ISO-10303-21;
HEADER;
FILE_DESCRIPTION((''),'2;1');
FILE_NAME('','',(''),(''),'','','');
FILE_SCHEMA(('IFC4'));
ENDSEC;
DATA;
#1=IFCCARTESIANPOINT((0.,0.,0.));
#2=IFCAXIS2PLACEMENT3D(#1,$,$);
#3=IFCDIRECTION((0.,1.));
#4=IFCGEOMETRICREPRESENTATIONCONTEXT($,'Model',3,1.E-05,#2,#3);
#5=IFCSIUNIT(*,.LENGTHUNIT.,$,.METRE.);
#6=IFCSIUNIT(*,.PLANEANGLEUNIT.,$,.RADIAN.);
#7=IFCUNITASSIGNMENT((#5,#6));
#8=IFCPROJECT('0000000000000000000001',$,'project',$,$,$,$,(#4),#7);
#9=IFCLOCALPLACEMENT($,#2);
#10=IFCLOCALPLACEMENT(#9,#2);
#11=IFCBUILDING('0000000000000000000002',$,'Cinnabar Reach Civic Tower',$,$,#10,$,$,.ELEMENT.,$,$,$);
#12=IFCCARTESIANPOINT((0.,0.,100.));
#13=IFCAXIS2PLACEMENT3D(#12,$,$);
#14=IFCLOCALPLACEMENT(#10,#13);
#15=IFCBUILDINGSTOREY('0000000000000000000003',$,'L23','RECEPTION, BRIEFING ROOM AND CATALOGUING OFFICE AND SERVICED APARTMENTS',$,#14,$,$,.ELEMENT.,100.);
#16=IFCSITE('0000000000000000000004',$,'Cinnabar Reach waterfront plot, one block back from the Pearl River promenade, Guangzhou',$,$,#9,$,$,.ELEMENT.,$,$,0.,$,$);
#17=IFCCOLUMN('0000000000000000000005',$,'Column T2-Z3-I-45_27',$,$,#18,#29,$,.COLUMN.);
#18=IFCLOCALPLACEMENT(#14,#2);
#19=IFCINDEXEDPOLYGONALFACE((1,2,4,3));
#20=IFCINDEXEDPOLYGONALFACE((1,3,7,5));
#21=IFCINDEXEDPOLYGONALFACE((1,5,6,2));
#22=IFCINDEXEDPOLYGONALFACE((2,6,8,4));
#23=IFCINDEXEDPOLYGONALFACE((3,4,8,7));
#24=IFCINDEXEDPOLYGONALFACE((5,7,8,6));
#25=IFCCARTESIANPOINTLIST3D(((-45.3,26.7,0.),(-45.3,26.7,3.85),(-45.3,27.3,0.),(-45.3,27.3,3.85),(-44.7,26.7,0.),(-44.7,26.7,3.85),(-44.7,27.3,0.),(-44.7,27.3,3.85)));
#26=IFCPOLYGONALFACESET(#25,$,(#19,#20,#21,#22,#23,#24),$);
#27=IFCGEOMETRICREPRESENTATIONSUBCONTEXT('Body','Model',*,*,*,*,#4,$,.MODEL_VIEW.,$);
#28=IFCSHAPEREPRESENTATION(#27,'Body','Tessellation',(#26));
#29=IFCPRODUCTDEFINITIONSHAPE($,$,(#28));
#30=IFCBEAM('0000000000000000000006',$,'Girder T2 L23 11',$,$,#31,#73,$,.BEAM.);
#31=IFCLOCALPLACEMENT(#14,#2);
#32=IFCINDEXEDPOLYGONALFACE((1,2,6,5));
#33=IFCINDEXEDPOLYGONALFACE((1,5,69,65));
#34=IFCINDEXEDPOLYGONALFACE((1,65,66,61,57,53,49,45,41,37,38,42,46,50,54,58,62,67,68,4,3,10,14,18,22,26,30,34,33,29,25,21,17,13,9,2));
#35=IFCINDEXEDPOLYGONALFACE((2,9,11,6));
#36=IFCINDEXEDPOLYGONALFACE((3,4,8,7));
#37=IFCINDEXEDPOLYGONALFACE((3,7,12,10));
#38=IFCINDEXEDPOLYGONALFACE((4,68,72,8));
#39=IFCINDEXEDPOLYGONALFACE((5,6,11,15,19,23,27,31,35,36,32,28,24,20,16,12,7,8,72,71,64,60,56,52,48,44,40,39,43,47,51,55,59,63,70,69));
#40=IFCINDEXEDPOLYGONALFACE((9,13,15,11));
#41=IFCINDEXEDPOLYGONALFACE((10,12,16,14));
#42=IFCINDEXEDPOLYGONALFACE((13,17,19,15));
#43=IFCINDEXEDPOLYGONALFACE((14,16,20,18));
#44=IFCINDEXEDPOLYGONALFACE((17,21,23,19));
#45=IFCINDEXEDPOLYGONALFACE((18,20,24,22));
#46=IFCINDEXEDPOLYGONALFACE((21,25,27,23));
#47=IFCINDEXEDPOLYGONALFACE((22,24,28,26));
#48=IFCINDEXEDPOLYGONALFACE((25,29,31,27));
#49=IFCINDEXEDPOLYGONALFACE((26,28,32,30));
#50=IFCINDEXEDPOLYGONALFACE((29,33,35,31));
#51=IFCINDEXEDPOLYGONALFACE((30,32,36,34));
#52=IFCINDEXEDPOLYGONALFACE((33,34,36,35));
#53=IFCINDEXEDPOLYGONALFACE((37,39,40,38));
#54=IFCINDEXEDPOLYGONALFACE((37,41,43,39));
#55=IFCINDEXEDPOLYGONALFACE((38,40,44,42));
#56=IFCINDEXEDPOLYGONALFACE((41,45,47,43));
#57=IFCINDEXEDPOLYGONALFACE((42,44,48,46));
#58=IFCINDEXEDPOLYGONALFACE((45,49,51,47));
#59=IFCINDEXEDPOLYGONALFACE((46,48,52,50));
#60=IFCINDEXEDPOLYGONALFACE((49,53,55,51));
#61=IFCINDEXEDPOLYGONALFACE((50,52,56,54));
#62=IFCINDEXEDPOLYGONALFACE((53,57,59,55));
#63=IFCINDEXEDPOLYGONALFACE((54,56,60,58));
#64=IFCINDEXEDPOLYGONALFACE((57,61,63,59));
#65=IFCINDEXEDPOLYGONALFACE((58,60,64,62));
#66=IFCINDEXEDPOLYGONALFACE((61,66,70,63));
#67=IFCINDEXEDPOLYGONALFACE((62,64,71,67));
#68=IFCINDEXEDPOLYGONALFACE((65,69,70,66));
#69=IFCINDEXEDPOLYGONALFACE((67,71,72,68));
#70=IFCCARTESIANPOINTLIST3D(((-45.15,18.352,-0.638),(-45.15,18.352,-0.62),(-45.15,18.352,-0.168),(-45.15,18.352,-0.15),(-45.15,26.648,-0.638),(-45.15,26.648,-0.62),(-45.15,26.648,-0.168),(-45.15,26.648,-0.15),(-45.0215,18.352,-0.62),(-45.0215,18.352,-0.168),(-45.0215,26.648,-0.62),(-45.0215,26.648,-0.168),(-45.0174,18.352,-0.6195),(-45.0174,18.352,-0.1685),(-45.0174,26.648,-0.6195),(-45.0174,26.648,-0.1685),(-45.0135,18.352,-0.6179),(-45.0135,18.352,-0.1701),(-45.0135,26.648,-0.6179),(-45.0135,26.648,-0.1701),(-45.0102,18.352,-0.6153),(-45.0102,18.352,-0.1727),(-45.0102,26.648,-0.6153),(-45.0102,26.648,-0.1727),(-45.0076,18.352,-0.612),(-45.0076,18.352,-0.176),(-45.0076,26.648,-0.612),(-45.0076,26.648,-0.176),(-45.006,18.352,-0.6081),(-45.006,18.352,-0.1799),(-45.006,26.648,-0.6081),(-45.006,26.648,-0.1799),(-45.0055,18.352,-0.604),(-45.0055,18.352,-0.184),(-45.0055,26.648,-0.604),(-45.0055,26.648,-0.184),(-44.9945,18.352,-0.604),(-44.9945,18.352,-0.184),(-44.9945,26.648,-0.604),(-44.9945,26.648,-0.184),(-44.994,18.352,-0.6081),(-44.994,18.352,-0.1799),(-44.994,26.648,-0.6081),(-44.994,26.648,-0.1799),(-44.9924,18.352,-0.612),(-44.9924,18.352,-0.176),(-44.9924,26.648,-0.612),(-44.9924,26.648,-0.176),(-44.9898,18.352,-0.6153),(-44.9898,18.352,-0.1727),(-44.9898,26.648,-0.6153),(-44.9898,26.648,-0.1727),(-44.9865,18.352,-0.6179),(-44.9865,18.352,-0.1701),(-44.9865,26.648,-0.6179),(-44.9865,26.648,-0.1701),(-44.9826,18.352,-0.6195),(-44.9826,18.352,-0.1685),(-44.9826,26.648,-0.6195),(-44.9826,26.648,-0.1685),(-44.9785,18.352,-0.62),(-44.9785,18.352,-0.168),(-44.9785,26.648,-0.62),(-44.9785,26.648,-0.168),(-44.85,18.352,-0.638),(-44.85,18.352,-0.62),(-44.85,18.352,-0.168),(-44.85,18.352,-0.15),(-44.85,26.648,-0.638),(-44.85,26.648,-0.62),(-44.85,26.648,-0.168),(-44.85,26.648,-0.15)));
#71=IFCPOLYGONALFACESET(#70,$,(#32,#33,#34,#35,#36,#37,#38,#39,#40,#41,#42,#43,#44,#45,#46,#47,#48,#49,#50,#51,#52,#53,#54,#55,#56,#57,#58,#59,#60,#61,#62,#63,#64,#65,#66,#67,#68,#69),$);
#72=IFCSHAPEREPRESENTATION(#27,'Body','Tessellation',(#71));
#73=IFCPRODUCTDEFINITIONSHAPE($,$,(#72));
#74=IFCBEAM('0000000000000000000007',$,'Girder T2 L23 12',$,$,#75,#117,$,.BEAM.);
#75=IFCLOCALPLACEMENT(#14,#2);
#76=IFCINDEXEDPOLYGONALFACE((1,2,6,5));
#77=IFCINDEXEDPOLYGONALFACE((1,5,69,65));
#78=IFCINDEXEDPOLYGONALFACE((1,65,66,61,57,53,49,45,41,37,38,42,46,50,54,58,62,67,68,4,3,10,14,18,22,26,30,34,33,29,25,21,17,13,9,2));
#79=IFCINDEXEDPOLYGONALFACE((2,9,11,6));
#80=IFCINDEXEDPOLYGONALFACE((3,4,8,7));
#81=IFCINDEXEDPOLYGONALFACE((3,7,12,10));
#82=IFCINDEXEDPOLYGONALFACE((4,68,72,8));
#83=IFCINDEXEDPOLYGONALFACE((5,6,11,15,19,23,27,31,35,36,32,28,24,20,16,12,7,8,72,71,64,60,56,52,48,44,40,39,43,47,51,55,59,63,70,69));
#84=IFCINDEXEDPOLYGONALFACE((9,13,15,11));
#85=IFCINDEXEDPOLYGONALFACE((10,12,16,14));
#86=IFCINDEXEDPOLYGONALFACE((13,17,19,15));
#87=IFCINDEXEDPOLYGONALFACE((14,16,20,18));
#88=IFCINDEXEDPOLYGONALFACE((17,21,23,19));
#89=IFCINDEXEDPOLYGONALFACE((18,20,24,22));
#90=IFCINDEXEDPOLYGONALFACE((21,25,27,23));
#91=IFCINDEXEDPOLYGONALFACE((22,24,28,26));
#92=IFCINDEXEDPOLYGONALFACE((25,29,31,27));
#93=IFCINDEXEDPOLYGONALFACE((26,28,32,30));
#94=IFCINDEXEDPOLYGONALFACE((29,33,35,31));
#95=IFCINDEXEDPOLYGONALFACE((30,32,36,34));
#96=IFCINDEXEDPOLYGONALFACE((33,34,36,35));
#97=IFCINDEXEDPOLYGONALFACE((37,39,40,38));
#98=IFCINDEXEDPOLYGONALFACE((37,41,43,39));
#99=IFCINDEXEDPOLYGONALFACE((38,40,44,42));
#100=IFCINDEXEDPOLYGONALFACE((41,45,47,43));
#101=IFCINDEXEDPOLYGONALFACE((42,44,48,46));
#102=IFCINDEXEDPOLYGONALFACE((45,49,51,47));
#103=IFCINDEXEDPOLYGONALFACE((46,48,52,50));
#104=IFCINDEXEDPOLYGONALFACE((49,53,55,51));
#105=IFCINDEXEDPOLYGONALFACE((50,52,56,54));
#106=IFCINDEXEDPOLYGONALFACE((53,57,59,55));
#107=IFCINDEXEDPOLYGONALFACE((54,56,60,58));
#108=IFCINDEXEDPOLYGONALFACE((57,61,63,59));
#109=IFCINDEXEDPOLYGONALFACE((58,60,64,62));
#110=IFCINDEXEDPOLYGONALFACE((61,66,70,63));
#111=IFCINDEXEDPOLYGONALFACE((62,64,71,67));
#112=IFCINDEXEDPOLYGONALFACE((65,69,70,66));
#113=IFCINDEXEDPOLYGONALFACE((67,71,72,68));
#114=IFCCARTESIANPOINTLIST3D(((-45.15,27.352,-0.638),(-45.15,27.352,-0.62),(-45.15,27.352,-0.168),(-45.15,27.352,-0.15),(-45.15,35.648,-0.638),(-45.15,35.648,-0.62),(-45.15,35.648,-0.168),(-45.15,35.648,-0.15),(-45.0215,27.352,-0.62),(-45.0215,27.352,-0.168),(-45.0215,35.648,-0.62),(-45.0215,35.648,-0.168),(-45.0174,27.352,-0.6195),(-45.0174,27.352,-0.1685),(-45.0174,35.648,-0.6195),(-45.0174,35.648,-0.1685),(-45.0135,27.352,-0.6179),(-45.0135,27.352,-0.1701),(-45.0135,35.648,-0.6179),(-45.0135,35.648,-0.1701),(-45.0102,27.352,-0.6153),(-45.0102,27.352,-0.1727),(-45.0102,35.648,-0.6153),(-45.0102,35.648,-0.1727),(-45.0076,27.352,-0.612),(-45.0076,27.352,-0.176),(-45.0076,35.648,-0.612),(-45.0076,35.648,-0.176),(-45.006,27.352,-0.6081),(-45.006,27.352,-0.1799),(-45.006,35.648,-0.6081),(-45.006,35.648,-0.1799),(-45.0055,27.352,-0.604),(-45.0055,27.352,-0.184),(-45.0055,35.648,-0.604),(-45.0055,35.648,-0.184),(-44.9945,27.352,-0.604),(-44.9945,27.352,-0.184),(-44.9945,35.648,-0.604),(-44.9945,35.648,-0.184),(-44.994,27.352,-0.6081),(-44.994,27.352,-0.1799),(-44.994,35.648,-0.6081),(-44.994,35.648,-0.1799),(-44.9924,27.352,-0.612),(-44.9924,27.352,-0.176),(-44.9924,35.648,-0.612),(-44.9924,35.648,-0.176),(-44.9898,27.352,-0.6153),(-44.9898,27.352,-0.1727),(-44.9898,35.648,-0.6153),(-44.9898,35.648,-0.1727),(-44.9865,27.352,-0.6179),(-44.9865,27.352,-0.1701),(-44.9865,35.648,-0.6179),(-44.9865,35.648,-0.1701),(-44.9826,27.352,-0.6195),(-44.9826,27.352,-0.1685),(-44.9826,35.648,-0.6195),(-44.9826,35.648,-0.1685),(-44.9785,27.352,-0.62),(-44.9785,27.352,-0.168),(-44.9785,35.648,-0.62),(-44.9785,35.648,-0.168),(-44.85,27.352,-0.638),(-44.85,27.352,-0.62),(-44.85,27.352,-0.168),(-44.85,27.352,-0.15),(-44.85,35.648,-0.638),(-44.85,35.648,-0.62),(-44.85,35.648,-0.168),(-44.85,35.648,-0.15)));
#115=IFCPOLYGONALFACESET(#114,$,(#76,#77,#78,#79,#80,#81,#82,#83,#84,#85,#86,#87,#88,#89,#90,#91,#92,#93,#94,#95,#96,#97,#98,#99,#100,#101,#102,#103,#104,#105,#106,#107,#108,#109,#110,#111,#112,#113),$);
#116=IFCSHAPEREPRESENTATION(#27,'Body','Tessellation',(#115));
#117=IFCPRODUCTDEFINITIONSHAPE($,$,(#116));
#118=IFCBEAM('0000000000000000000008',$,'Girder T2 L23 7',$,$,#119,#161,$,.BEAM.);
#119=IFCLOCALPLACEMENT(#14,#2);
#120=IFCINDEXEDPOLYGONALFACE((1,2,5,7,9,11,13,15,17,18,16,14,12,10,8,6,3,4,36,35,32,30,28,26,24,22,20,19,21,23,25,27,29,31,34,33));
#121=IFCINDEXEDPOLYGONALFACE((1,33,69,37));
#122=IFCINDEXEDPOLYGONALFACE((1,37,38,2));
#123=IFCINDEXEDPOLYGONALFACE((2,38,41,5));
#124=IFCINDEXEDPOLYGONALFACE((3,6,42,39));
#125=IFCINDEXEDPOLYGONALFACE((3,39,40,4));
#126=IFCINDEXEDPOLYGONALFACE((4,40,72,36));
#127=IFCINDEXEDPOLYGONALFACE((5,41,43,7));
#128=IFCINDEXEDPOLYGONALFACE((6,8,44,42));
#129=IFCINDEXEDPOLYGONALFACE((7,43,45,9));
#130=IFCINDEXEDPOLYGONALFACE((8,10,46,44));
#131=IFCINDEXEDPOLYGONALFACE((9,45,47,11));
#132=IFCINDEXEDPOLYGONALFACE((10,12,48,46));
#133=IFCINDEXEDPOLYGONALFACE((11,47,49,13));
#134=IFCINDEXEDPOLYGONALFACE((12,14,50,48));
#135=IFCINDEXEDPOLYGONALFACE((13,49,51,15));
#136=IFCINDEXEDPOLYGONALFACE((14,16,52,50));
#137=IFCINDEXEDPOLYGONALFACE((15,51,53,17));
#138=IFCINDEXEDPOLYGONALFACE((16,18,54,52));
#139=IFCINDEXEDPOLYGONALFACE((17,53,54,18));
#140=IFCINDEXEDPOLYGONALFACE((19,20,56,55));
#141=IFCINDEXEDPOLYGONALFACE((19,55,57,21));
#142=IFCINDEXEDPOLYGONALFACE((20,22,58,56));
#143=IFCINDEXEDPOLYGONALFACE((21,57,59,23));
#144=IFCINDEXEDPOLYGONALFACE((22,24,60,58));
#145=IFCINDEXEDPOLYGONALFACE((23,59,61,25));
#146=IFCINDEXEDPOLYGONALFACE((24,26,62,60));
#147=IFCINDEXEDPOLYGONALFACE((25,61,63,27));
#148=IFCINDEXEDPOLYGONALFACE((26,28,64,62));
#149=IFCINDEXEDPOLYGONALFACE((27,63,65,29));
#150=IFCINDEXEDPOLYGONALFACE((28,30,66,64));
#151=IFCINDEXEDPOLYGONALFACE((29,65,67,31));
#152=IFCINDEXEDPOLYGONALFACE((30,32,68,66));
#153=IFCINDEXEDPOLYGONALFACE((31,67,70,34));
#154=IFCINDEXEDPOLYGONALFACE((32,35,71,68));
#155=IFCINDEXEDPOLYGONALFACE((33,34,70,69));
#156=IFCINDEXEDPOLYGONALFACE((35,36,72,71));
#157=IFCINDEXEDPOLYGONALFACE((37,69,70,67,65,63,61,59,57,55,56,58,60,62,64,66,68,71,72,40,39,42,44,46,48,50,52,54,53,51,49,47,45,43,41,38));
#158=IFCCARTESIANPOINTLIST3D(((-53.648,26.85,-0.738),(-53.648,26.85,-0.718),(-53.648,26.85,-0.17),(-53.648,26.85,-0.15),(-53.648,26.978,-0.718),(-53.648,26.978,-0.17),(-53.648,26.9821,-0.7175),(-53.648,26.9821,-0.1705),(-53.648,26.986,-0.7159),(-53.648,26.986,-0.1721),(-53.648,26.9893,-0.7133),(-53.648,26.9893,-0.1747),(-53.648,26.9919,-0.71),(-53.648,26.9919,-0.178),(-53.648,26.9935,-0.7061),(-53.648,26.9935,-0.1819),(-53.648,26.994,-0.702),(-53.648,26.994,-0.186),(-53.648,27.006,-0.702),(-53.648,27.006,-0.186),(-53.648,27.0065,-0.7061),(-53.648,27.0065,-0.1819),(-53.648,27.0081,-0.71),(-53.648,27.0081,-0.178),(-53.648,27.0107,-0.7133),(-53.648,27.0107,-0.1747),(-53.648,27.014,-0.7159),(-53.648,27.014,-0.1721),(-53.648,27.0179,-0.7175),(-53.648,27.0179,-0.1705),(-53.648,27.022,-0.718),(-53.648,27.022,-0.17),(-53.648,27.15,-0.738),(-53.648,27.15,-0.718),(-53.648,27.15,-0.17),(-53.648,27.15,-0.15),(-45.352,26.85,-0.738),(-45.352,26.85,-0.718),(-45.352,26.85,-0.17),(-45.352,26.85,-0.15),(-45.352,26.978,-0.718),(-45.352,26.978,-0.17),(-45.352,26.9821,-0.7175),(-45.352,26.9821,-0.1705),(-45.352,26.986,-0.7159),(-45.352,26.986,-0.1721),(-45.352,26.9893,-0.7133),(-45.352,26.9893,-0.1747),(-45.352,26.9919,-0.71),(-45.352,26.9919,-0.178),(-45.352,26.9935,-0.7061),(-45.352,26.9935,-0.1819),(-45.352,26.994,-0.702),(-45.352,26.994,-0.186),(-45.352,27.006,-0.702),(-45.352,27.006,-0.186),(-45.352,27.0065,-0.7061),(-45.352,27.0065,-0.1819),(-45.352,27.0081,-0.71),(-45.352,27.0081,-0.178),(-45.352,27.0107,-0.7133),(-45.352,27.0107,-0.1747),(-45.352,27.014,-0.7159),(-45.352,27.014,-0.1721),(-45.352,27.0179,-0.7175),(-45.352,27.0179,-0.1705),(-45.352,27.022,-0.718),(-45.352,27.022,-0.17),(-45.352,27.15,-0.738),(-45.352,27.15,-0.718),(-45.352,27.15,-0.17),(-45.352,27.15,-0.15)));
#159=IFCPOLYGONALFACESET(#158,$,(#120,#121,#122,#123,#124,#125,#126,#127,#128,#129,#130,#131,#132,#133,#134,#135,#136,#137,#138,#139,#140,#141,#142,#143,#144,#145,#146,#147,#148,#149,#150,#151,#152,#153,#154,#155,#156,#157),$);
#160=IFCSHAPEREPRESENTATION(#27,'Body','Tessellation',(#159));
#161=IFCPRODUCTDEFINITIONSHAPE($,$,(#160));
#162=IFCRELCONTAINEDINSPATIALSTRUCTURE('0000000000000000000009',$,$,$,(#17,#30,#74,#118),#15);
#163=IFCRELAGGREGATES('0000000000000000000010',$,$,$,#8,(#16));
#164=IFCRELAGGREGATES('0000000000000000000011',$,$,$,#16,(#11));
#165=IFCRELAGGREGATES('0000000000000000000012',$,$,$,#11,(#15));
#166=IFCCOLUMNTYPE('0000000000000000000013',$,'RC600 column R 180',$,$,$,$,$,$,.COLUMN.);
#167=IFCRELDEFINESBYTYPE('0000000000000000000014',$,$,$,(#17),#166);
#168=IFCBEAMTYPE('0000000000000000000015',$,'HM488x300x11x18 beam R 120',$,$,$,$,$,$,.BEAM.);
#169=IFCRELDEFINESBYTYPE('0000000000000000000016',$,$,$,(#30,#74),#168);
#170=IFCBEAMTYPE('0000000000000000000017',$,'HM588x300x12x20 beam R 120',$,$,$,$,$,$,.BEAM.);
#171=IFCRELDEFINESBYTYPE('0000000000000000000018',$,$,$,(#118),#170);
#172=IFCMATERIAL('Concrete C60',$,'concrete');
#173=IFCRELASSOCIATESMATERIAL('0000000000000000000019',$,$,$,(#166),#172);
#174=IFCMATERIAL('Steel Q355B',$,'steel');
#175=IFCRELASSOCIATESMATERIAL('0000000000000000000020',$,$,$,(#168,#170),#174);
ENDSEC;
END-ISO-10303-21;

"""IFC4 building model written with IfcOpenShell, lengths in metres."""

from ifc_helpers import new_model, si_unit, direction, frame, origin, origin_2d, place, context, subcontext, project, spatial, rectangle, i_section, extrude, material, material_profile, profile_set, type_object, element, save


model = new_model("IFC4")

# Units and contexts
model_context = context("Model", 3, precision=1e-05, world=origin(), true_north=direction((0.0, 1.0)))
body_context = subcontext(model_context, "Body", "Model", "MODEL_VIEW")
ifc_project = project(units=[si_unit("LENGTHUNIT", "METRE"), si_unit("PLANEANGLEUNIT", "RADIAN")], contexts=[model_context])

# Site, building, storey
site_placement = place(None, origin())
site = spatial("IfcSite", under=ifc_project, at=site_placement, Name="Cinnabar Reach waterfront plot, one block back from the Pearl River promenade, Guangzhou", CompositionType="ELEMENT", RefElevation=0.0)
building_placement = place(site_placement, origin())
building = spatial("IfcBuilding", under=site, at=building_placement, Name="Cinnabar Reach Civic Tower", CompositionType="ELEMENT")
storey_placement = place(building_placement, frame((0.0, 0.0, 100.0)))
storey = spatial("IfcBuildingStorey", under=building, at=storey_placement, Name="L23", Description="RECEPTION, BRIEFING ROOM AND CATALOGUING OFFICE AND SERVICED APARTMENTS", CompositionType="ELEMENT", Elevation=100.0)

# Column
ifc_material_1 = material(Name="Concrete C60", Category="concrete")
ifc_material_profile_1 = material_profile(ifc_material_1, rectangle(XDim=0.6, YDim=0.6, at=origin_2d()), Name="RC600")
ifc_profile_set_1 = profile_set([ifc_material_profile_1], Name="Concrete C60")
column_type = type_object("IfcColumnType", Name="RC600 column R 180", PredefinedType="COLUMN", material=ifc_profile_set_1)
column_placement = place(storey_placement, frame((-45.0, 27.0, 0.0), z_axis=(0.0, 0.0, 1.0), x_axis=(1.0, 0.0, 0.0)))
element("IfcColumn", 1, at=column_placement, inside=storey, type_object=column_type, Name="Column T2-Z3-I-45_27", PredefinedType="COLUMN", context=body_context, shape_type="SweptSolid", body=[
    extrude(rectangle(XDim=0.6, YDim=0.6, at=origin_2d()), origin(), (0.0, 0.0, 1.0), 3.85),
])

# Beams
ifc_material_2 = material(Name="Steel Q355B", Category="steel")
ifc_material_profile_2 = material_profile(ifc_material_2, i_section(OverallWidth=0.3, OverallDepth=0.488, WebThickness=0.011, FlangeThickness=0.018, FilletRadius=0.016, at=origin_2d()), Name="HM488x300x11x18")
ifc_profile_set_2 = profile_set([ifc_material_profile_2], Name="Steel Q355B")
beam_type_1 = type_object("IfcBeamType", Name="HM488x300x11x18 beam R 120", PredefinedType="BEAM", material=ifc_profile_set_2)
for number, where, z_axis, x_axis, name in (
    (2, (-45.0, 18.352, -0.394), (0.0, 1.0, 0.0), (-1.0, 0.0, 0.0), "Girder T2 L23 11"),
    (3, (-45.0, 27.352, -0.394), (0.0, 1.0, 0.0), (-1.0, 0.0, 0.0), "Girder T2 L23 12"),
):
    element("IfcBeam", number, at=place(storey_placement, frame(where, z_axis=z_axis, x_axis=x_axis)), inside=storey, type_object=beam_type_1, Name=name, PredefinedType="BEAM", context=body_context, shape_type="SweptSolid", body=[
        extrude(i_section(OverallWidth=0.3, OverallDepth=0.488, WebThickness=0.011, FlangeThickness=0.018, FilletRadius=0.016, at=origin_2d()), origin(), (0.0, 0.0, 1.0), 8.296),
    ])
ifc_material_profile_3 = material_profile(ifc_material_2, i_section(OverallWidth=0.3, OverallDepth=0.588, WebThickness=0.012, FlangeThickness=0.02, FilletRadius=0.016, at=origin_2d()), Name="HM588x300x12x20")
ifc_profile_set_3 = profile_set([ifc_material_profile_3], Name="Steel Q355B")
beam_type_2 = type_object("IfcBeamType", Name="HM588x300x12x20 beam R 120", PredefinedType="BEAM", material=ifc_profile_set_3)
beam_1_placement = place(storey_placement, frame((-53.648, 27.0, -0.444), z_axis=(1.0, 0.0, 0.0), x_axis=(0.0, 1.0, 0.0)))
element("IfcBeam", 4, at=beam_1_placement, inside=storey, type_object=beam_type_2, Name="Girder T2 L23 7", PredefinedType="BEAM", context=body_context, shape_type="SweptSolid", body=[
    extrude(i_section(OverallWidth=0.3, OverallDepth=0.588, WebThickness=0.012, FlangeThickness=0.02, FilletRadius=0.016, at=origin_2d()), origin(), (0.0, 0.0, 1.0), 8.296),
])

save(model, "model.ifc")
